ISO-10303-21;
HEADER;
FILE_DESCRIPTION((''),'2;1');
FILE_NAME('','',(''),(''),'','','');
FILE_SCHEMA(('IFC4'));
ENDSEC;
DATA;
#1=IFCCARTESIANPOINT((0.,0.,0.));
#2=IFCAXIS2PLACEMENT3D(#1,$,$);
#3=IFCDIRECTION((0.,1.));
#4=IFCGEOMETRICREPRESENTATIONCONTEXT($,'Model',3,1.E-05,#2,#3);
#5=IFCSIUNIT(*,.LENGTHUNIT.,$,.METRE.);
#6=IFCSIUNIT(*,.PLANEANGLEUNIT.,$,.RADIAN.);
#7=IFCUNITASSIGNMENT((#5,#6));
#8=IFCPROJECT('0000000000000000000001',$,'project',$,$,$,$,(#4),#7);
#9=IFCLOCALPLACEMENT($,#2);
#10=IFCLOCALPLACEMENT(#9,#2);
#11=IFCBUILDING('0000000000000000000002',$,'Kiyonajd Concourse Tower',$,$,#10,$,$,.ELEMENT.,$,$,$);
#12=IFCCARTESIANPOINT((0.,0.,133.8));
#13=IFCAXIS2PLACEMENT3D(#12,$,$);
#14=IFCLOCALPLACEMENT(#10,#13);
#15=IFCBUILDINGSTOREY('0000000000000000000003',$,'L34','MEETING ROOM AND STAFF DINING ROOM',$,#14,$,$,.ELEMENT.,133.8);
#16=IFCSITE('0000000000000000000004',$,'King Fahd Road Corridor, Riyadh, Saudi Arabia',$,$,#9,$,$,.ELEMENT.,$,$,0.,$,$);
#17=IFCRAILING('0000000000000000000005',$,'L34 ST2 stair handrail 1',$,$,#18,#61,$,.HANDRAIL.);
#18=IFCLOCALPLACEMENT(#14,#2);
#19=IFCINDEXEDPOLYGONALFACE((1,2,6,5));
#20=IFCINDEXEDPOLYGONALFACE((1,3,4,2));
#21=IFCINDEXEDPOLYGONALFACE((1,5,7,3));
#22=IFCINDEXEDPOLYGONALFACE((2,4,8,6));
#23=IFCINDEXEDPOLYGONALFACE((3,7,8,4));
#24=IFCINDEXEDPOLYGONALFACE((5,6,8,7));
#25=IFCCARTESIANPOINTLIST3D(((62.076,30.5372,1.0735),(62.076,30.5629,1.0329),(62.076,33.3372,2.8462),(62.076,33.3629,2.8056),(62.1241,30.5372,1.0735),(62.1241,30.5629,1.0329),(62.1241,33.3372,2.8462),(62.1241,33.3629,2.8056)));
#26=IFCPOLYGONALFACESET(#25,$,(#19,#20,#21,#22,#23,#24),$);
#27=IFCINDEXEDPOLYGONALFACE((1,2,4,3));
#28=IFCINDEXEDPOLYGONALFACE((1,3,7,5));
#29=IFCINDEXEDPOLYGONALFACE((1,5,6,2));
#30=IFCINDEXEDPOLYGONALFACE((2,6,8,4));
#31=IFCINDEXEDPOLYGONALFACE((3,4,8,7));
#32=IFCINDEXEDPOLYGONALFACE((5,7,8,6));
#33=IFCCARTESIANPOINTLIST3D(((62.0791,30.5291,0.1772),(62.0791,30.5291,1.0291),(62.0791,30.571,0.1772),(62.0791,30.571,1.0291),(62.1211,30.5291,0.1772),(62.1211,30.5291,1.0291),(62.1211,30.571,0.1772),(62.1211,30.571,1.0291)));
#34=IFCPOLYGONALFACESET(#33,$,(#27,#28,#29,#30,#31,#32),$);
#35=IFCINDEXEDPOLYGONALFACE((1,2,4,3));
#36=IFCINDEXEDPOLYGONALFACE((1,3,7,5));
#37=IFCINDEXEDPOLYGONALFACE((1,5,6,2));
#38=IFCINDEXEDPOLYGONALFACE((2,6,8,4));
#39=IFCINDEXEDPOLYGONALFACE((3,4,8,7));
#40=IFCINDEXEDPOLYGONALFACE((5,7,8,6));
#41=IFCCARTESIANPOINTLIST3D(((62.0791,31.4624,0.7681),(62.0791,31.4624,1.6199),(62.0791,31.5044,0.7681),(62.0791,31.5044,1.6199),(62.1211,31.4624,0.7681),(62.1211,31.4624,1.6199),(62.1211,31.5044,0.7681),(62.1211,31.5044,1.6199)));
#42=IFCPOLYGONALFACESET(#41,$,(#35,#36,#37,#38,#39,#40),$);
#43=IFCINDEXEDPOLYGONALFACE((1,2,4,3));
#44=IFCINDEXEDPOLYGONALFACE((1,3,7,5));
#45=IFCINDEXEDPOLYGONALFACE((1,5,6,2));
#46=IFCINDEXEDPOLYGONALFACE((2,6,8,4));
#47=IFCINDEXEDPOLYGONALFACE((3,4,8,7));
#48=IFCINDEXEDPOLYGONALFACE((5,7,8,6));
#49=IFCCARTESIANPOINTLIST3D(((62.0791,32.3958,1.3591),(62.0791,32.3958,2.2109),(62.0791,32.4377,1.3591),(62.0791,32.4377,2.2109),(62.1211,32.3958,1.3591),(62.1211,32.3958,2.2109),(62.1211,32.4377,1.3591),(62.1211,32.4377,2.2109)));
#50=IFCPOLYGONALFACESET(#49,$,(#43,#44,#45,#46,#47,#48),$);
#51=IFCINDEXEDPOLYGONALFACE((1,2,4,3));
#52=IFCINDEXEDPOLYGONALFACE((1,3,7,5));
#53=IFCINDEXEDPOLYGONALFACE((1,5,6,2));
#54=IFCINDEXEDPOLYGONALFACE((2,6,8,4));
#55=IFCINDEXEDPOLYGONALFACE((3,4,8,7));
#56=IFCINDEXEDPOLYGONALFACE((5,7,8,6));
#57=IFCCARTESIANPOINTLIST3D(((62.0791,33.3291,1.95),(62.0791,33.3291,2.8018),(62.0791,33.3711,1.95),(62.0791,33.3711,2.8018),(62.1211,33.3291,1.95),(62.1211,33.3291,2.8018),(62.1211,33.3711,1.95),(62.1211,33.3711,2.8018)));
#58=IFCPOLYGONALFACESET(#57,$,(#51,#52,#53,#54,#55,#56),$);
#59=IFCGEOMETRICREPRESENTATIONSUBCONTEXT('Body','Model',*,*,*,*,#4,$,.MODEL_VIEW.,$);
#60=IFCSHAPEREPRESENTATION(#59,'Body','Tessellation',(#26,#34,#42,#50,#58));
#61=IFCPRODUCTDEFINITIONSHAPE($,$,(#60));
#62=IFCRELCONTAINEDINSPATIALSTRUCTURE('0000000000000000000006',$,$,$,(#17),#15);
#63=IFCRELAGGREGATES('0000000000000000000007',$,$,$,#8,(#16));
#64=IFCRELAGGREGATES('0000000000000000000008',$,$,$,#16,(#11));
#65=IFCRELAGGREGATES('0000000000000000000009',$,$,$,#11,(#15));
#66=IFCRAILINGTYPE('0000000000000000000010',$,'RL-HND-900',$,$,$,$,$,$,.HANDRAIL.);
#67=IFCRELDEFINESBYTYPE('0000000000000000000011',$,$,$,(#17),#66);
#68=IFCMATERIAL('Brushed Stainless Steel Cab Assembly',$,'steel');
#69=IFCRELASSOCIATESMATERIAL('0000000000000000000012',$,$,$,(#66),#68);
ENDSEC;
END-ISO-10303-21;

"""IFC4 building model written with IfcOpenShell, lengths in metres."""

from ifc_helpers import new_model, si_unit, direction, frame, origin, origin_2d, place, context, subcontext, project, spatial, rectangle, extrude, material, type_object, element, save


model = new_model("IFC4")

# Units and contexts
model_context = context("Model", 3, precision=1e-05, world=origin(), true_north=direction((0.0, 1.0)))
body_context = subcontext(model_context, "Body", "Model", "MODEL_VIEW")
ifc_project = project(units=[si_unit("LENGTHUNIT", "METRE"), si_unit("PLANEANGLEUNIT", "RADIAN")], contexts=[model_context])

# Site, building, storey
site_placement = place(None, origin())
site = spatial("IfcSite", under=ifc_project, at=site_placement, Name="King Fahd Road Corridor, Riyadh, Saudi Arabia", CompositionType="ELEMENT", RefElevation=0.0)
building_placement = place(site_placement, origin())
building = spatial("IfcBuilding", under=site, at=building_placement, Name="Kiyonajd Concourse Tower", CompositionType="ELEMENT")
storey_placement = place(building_placement, frame((0.0, 0.0, 133.8)))
storey = spatial("IfcBuildingStorey", under=building, at=storey_placement, Name="L34", Description="MEETING ROOM AND STAFF DINING ROOM", CompositionType="ELEMENT", Elevation=133.8)

# Railing
ifc_material_1 = material(Name="Brushed Stainless Steel Cab Assembly", Category="steel")
railing_type_1 = type_object("IfcRailingType", Name="RL-HND-900", PredefinedType="HANDRAIL", material=ifc_material_1)
railing_1_placement = place(storey_placement, frame((62.1001, 30.55, 0.1772)))
element("IfcRailing", 1, at=railing_1_placement, inside=storey, type_object=railing_type_1, Name="L34 ST2 stair handrail 1", PredefinedType="HANDRAIL", context=body_context, shape_type="SweptSolid", body=[
    extrude(rectangle(XDim=0.0481, YDim=0.0481, at=origin_2d()), frame((0.0, 0.0, 0.876), z_axis=(0.0, 0.844909, 0.53491), x_axis=(-1.0, 0.0, 0.0)), (0.0, 0.0, 1.0), 3.314),
    extrude(rectangle(XDim=0.042, YDim=0.042, at=origin_2d()), origin(), (0.0, 0.0, 1.0), 0.8518),
    extrude(rectangle(XDim=0.042, YDim=0.042, at=origin_2d()), frame((0.0, 0.9333, 0.5908)), (0.0, 0.0, 1.0), 0.8518),
    extrude(rectangle(XDim=0.042, YDim=0.042, at=origin_2d()), frame((0.0, 1.8667, 1.1819)), (0.0, 0.0, 1.0), 0.8518),
    extrude(rectangle(XDim=0.042, YDim=0.042, at=origin_2d()), frame((0.0, 2.8, 1.7727)), (0.0, 0.0, 1.0), 0.8518),
])

save(model, "model.ifc")
